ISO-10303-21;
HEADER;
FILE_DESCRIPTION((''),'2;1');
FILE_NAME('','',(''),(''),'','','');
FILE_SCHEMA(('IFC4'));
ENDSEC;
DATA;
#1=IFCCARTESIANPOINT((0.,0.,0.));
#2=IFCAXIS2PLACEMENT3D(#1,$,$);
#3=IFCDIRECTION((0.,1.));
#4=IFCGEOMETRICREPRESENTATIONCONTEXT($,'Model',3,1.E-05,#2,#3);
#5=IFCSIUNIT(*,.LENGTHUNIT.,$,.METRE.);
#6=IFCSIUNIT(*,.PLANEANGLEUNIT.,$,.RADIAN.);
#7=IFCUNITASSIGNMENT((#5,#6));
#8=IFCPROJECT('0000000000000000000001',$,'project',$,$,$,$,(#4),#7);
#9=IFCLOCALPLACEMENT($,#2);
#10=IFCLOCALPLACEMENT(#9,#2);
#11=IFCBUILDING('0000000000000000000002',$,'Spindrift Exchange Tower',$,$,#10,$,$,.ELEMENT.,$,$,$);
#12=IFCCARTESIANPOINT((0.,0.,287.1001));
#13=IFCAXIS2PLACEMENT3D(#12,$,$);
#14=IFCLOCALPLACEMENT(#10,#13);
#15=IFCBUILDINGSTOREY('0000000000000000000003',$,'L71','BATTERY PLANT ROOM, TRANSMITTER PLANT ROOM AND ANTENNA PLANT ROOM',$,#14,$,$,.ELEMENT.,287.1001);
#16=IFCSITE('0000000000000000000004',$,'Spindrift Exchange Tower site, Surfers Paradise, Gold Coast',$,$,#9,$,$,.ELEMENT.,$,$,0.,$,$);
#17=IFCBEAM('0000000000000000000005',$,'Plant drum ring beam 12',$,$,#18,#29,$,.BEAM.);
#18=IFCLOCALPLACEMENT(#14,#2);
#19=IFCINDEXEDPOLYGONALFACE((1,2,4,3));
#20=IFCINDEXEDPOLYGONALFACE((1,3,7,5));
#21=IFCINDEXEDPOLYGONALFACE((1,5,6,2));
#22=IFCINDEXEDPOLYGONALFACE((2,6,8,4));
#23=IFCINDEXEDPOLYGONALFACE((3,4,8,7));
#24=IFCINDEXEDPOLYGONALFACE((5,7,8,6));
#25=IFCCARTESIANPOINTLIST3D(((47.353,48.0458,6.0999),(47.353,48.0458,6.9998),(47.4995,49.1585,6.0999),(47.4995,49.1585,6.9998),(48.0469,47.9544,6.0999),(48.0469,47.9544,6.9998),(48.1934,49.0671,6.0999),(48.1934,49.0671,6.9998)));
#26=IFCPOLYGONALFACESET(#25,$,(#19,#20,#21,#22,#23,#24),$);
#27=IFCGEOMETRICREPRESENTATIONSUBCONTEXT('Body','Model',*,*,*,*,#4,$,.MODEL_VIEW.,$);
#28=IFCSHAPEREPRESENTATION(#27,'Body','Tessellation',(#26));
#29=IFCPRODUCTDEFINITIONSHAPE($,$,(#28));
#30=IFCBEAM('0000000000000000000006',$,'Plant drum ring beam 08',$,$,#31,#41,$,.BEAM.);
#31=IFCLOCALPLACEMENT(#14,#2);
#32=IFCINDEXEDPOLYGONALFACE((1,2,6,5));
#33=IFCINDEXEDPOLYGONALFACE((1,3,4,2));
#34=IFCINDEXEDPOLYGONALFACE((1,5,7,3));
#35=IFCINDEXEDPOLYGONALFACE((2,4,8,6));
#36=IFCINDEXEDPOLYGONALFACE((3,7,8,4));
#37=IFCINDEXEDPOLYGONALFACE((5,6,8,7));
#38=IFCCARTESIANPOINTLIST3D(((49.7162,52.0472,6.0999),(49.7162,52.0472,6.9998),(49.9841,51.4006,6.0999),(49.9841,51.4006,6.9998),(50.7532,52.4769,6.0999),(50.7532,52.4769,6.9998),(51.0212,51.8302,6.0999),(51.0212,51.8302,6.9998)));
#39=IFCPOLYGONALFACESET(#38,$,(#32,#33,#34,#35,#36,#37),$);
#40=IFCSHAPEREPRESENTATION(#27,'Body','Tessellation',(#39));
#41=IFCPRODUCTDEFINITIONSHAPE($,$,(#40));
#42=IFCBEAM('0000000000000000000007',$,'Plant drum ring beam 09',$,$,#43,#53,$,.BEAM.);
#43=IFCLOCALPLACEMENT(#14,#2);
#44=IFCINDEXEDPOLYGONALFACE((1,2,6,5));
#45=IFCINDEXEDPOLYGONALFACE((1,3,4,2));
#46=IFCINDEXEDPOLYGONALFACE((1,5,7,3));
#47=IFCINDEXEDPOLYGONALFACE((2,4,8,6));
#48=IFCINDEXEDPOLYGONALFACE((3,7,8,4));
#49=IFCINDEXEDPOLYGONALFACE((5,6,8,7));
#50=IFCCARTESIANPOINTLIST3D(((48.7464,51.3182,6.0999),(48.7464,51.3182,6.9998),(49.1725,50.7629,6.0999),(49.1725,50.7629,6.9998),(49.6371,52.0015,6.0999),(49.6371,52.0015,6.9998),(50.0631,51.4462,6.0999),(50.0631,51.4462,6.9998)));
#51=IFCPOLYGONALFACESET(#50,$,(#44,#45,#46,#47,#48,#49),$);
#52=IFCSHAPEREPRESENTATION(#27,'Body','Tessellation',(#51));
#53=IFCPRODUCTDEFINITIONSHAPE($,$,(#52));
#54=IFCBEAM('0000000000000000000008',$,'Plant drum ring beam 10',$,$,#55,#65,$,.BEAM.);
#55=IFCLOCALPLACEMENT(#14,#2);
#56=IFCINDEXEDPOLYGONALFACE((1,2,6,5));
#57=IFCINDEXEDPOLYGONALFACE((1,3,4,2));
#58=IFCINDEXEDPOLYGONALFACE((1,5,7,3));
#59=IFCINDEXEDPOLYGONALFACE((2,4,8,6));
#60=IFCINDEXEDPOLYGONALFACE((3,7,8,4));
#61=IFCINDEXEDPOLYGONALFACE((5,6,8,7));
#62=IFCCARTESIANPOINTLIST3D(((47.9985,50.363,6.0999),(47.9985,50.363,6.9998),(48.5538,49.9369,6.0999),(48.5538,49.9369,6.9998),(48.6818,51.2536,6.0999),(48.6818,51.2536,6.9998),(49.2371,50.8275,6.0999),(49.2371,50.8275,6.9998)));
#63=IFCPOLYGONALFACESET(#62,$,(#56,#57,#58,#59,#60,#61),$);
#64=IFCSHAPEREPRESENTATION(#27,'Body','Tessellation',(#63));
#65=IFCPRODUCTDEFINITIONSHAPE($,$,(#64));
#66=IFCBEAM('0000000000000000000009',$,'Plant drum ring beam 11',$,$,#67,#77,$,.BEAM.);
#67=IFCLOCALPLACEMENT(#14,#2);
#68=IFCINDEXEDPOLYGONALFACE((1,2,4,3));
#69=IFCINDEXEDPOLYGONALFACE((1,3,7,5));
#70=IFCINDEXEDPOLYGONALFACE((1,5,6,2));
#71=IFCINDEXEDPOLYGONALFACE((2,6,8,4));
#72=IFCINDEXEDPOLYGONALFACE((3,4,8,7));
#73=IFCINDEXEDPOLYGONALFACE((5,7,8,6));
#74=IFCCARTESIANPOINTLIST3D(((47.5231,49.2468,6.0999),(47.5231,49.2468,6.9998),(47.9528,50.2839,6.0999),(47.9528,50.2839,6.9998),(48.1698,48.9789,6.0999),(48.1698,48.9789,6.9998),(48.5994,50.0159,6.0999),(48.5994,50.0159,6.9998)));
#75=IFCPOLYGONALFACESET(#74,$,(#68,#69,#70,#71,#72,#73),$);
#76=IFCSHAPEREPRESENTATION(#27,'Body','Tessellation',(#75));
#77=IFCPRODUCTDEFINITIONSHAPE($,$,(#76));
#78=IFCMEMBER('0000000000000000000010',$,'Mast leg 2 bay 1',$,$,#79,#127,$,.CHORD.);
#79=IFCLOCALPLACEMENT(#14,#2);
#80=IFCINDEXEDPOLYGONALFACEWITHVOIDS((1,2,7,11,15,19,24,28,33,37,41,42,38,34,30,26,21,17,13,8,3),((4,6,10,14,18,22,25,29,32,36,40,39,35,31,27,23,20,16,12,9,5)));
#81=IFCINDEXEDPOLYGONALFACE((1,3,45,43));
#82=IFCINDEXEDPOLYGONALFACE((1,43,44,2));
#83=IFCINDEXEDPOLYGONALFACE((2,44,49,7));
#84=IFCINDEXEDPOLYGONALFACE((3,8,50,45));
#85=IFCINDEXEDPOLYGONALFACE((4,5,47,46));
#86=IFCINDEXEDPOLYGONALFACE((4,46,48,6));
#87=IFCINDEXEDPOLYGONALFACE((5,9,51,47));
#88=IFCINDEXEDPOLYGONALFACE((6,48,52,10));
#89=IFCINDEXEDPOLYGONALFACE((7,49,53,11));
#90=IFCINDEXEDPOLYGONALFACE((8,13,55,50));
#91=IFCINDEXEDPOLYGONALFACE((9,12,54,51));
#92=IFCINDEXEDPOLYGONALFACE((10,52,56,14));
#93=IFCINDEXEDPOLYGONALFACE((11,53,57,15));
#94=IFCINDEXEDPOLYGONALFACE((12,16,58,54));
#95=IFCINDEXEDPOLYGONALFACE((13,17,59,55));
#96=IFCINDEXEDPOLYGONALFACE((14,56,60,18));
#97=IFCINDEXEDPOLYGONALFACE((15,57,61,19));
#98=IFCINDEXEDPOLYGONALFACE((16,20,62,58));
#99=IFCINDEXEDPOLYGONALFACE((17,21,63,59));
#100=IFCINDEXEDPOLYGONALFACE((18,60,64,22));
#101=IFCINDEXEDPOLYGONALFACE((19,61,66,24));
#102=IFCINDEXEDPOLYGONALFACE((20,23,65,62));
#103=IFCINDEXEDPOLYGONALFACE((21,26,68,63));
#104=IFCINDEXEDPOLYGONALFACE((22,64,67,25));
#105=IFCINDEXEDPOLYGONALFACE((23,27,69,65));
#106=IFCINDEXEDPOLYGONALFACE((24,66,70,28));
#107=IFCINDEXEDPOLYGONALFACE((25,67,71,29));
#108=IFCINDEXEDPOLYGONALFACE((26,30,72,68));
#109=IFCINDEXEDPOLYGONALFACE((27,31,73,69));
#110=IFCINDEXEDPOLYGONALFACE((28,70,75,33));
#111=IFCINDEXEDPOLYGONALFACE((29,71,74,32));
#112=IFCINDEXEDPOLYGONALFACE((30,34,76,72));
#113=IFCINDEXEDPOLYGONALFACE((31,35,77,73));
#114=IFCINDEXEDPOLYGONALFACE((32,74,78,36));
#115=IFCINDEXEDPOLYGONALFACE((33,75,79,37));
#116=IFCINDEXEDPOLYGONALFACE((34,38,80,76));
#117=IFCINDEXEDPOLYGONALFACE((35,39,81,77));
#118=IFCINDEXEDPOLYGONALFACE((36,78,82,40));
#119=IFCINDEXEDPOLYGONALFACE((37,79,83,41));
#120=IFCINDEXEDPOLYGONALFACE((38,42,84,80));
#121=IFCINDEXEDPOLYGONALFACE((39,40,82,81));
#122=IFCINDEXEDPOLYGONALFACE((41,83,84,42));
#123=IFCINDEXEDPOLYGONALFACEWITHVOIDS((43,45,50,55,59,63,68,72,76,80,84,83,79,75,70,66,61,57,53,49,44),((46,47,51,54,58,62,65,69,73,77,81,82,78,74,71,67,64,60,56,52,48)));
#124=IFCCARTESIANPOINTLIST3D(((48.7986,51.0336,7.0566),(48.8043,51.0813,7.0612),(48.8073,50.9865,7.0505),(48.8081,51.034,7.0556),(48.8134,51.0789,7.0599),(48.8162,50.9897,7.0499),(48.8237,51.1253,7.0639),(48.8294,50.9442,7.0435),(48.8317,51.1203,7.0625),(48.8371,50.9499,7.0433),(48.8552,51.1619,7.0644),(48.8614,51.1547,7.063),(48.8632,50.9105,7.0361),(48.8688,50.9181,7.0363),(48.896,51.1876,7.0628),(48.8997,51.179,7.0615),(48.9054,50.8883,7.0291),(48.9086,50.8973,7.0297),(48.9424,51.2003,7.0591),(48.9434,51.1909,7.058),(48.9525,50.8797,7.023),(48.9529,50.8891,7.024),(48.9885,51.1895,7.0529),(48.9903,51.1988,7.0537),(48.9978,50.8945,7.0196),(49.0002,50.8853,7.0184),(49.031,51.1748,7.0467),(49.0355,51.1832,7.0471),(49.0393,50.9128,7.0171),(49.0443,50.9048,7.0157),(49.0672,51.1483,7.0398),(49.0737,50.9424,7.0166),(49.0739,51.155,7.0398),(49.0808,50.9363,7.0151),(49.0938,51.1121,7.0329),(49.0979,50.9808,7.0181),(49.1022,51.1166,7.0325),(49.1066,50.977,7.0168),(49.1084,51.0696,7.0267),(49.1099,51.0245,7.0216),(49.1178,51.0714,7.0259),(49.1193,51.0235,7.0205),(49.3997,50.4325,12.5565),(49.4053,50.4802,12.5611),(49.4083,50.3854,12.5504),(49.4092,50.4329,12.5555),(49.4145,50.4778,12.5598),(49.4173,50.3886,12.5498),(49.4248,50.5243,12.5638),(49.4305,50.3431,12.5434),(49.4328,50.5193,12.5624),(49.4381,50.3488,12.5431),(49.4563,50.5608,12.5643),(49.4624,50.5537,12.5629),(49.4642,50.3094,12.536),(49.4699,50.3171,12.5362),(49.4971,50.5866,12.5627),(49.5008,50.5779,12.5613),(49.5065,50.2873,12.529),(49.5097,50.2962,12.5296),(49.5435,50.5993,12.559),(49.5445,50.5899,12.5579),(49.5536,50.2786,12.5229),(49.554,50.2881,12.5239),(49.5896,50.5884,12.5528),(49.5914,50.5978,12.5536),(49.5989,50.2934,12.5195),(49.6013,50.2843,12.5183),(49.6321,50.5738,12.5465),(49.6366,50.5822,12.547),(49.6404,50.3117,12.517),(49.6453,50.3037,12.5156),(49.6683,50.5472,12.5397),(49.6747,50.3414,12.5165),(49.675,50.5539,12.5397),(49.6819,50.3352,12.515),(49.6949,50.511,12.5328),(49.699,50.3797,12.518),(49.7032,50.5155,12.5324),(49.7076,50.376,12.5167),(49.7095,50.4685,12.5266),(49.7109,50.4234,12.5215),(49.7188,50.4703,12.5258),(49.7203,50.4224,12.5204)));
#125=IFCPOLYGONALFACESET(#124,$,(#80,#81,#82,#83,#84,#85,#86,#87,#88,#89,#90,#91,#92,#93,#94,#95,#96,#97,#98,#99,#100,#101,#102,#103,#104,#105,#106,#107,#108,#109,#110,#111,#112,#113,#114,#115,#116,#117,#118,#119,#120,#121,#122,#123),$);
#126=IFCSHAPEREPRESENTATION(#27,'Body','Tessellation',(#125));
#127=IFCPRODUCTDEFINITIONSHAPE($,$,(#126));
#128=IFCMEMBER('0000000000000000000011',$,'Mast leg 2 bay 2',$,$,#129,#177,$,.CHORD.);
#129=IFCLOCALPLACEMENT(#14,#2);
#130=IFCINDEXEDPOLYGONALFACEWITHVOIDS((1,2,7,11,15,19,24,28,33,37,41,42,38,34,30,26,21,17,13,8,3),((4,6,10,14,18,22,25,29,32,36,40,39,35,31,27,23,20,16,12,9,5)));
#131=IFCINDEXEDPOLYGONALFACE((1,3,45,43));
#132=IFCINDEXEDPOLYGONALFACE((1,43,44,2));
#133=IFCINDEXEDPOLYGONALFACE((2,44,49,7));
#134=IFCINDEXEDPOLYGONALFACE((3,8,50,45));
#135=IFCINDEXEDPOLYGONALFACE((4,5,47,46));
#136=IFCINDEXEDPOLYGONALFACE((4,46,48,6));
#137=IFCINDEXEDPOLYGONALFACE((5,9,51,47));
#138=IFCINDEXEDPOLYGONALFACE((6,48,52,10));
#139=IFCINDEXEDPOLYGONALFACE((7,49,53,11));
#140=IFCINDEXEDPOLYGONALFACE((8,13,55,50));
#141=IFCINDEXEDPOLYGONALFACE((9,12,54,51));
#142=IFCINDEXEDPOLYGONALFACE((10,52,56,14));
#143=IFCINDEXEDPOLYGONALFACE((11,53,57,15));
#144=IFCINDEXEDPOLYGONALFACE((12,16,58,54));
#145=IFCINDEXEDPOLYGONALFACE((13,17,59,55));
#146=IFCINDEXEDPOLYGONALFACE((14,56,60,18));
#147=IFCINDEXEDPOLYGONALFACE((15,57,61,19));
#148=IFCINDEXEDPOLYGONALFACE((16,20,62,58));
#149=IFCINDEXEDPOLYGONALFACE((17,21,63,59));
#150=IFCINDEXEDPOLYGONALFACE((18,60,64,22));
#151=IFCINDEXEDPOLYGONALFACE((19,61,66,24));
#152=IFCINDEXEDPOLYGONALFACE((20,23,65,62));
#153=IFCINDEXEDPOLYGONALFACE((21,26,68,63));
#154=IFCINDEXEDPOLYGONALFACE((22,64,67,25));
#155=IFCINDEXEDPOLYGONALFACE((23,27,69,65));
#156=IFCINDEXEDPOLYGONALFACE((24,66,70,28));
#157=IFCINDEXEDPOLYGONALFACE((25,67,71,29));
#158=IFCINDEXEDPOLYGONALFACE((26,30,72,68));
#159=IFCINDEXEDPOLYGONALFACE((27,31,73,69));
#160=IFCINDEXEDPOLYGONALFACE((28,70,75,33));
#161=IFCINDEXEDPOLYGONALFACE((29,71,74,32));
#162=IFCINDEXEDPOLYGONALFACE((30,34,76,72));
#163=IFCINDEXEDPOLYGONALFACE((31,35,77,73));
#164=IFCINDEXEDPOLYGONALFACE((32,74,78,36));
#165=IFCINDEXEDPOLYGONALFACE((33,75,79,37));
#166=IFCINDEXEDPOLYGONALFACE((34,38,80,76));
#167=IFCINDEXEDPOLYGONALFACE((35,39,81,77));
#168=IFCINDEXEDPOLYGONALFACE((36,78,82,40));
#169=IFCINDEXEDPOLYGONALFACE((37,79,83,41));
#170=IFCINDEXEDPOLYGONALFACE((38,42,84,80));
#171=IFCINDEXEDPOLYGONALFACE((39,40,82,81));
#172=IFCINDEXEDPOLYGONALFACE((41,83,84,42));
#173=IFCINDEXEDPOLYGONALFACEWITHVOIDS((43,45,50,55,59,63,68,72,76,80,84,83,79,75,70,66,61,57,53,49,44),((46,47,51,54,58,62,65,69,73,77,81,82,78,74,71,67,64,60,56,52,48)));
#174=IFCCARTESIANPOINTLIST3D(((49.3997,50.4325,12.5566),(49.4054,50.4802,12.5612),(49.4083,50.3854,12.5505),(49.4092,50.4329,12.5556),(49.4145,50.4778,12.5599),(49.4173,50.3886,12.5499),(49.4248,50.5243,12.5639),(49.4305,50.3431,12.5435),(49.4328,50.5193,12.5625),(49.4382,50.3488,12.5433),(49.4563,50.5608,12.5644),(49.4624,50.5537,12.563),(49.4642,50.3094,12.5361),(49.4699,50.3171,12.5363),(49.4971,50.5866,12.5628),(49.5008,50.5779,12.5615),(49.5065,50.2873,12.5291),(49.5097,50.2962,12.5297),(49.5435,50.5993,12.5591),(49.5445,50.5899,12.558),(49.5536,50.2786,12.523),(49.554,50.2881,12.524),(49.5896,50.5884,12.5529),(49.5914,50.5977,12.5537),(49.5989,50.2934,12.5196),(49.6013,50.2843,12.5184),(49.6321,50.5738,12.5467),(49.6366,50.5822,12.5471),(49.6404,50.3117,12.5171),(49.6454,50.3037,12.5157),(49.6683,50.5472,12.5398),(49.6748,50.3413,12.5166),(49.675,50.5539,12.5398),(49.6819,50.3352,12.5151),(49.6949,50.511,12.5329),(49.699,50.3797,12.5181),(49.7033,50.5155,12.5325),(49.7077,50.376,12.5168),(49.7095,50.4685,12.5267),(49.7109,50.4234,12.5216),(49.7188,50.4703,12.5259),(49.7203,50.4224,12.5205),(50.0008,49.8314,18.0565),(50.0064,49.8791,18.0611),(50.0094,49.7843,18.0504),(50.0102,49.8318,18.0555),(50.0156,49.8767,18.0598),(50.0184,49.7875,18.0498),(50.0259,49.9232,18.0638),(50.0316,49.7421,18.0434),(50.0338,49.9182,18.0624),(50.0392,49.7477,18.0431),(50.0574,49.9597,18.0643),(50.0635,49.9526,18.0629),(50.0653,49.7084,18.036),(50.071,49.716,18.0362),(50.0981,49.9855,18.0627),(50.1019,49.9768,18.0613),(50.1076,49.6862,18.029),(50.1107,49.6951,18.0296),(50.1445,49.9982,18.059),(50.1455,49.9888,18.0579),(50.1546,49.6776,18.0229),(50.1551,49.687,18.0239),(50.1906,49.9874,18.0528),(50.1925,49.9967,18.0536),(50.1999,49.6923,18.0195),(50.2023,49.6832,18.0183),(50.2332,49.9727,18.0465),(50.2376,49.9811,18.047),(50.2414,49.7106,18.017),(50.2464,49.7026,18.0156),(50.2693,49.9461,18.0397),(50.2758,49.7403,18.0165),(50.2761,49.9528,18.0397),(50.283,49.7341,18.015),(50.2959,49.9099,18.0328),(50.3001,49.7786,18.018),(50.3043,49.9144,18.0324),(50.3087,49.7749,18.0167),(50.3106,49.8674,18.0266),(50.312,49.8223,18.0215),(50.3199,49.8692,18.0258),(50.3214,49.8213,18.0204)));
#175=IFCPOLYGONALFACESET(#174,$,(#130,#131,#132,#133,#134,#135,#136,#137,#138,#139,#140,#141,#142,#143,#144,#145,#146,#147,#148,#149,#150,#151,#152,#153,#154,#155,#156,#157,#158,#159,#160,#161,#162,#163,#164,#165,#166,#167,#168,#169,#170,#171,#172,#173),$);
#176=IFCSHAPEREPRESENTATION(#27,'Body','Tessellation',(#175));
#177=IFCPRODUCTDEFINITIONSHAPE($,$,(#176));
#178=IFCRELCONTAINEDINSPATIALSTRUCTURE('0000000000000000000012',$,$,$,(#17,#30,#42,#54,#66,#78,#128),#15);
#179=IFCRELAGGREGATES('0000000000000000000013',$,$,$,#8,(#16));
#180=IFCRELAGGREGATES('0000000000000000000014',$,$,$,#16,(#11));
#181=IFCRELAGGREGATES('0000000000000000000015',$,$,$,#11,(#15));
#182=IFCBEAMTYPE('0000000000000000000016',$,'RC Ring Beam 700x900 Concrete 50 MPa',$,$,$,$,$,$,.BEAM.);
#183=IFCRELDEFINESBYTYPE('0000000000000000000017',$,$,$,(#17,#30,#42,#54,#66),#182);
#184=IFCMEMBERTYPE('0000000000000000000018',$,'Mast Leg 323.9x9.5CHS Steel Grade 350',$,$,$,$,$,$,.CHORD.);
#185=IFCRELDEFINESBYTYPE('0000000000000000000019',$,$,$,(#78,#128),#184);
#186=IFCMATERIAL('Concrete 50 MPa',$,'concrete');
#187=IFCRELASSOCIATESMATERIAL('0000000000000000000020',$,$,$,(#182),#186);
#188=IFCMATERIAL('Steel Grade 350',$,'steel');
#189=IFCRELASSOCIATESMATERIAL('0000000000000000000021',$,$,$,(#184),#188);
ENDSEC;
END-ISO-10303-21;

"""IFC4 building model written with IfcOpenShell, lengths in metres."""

from ifc_helpers import new_model, si_unit, direction, frame, origin, origin_2d, place, context, subcontext, project, spatial, rectangle, hollow_circle, extrude, source, transform, mapped, material, material_profile, profile_set, type_object, element, save


model = new_model("IFC4")

# Units and contexts
model_context = context("Model", 3, precision=1e-05, world=origin(), true_north=direction((0.0, 1.0)))
body_context = subcontext(model_context, "Body", "Model", "MODEL_VIEW")
ifc_project = project(units=[si_unit("LENGTHUNIT", "METRE"), si_unit("PLANEANGLEUNIT", "RADIAN")], contexts=[model_context])

# Site, building, storey
site_placement = place(None, origin())
site = spatial("IfcSite", under=ifc_project, at=site_placement, Name="Spindrift Exchange Tower site, Surfers Paradise, Gold Coast", CompositionType="ELEMENT", RefElevation=0.0)
building_placement = place(site_placement, origin())
building = spatial("IfcBuilding", under=site, at=building_placement, Name="Spindrift Exchange Tower", CompositionType="ELEMENT")
storey_placement = place(building_placement, frame((0.0, 0.0, 287.1001)))
storey = spatial("IfcBuildingStorey", under=building, at=storey_placement, Name="L71", Description="BATTERY PLANT ROOM, TRANSMITTER PLANT ROOM AND ANTENNA PLANT ROOM", CompositionType="ELEMENT", Elevation=287.1001)

# Beams
ifc_material_1 = material(Name="Concrete 50 MPa", Category="concrete")
ifc_material_profile_1 = material_profile(ifc_material_1, rectangle(XDim=0.7, YDim=0.8999, at=origin_2d()), Name="RC 700x900")
ifc_profile_set_1 = profile_set([ifc_material_profile_1], Name="Concrete 50 MPa")
beam_type = type_object("IfcBeamType", Name="RC Ring Beam 700x900 Concrete 50 MPa", PredefinedType="BEAM", material=ifc_profile_set_1)
shared_shape_1 = source(origin(), body_context, "Body", "SweptSolid", [
    extrude(rectangle(XDim=0.7, YDim=0.8999, at=origin_2d()), origin(), (0.0, 0.0, 1.0), 1.1223),
])
beam_placement = place(storey_placement, frame((47.8464, 49.1128, 6.5498), z_axis=(-0.130511, -0.991447, 0.0), x_axis=(0.991447, -0.130511, 0.0)))
element("IfcBeam", 1, at=beam_placement, inside=storey, type_object=beam_type, Name="Plant drum ring beam 12", PredefinedType="BEAM", context=body_context, shape_type="MappedRepresentation", body=[
    mapped(shared_shape_1, transform((0.0, 0.0, 0.0), scale=1.0)),
])
shared_shape_2 = source(origin(), body_context, "Body", "SweptSolid", [
    extrude(rectangle(XDim=0.7, YDim=0.8999, at=origin_2d()), origin(), (0.0, 0.0, 1.0), 1.1226),
])
for number, where, z_axis, x_axis, name in (
    (2, (50.8872, 52.1536, 6.5498), (-0.923847, -0.382762, 0.0), (0.382762, -0.923847, 0.0), "Plant drum ring beam 08"),
    (3, (49.8501, 51.7239, 6.5498), (-0.793375, -0.608733, 0.0), (0.608733, -0.793375, 0.0), "Plant drum ring beam 09"),
    (4, (48.9595, 51.0405, 6.5498), (-0.608733, -0.793375, 0.0), (0.793375, -0.608733, 0.0), "Plant drum ring beam 10"),
    (5, (48.2761, 50.1499, 6.5498), (-0.382762, -0.923847, 0.0), (0.923847, -0.382762, 0.0), "Plant drum ring beam 11"),
):
    element("IfcBeam", number, at=place(storey_placement, frame(where, z_axis=z_axis, x_axis=x_axis)), inside=storey, type_object=beam_type, Name=name, PredefinedType="BEAM", context=body_context, shape_type="MappedRepresentation", body=[
        mapped(shared_shape_2, transform((0.0, 0.0, 0.0), scale=1.0)),
    ])

# Members
ifc_material_2 = material(Name="Steel Grade 350", Category="steel")
ifc_material_profile_2 = material_profile(ifc_material_2, hollow_circle(Radius=0.1619, WallThickness=0.0095, at=origin_2d()), Name="323.9x9.5CHS")
ifc_profile_set_2 = profile_set([ifc_material_profile_2], Name="Steel Grade 350")
member_type_1 = type_object("IfcMemberType", Name="Mast Leg 323.9x9.5CHS Steel Grade 350", PredefinedType="CHORD", material=ifc_profile_set_2)
shared_shape_3 = source(origin(), body_context, "Body", "SweptSolid", [
    extrude(hollow_circle(Radius=0.1619, WallThickness=0.0095, at=origin_2d()), origin(), (0.0, 0.0, 1.0), 5.5652),
])
for number, where, z_axis, x_axis, name in (
    (6, (48.9595, 51.0405, 7.0398), (0.108004, -0.108004, 0.988266), (0.707107, 0.707107, 0.0), "Mast leg 2 bay 1"),
    (7, (49.5605, 50.4395, 12.5398), (0.108004, -0.108004, 0.988266), (0.707107, 0.707107, 0.0), "Mast leg 2 bay 2"),
):
    element("IfcMember", number, at=place(storey_placement, frame(where, z_axis=z_axis, x_axis=x_axis)), inside=storey, type_object=member_type_1, Name=name, PredefinedType="CHORD", context=body_context, shape_type="MappedRepresentation", body=[
        mapped(shared_shape_3, transform((0.0, 0.0, 0.0), scale=1.0)),
    ])

save(model, "model.ifc")
